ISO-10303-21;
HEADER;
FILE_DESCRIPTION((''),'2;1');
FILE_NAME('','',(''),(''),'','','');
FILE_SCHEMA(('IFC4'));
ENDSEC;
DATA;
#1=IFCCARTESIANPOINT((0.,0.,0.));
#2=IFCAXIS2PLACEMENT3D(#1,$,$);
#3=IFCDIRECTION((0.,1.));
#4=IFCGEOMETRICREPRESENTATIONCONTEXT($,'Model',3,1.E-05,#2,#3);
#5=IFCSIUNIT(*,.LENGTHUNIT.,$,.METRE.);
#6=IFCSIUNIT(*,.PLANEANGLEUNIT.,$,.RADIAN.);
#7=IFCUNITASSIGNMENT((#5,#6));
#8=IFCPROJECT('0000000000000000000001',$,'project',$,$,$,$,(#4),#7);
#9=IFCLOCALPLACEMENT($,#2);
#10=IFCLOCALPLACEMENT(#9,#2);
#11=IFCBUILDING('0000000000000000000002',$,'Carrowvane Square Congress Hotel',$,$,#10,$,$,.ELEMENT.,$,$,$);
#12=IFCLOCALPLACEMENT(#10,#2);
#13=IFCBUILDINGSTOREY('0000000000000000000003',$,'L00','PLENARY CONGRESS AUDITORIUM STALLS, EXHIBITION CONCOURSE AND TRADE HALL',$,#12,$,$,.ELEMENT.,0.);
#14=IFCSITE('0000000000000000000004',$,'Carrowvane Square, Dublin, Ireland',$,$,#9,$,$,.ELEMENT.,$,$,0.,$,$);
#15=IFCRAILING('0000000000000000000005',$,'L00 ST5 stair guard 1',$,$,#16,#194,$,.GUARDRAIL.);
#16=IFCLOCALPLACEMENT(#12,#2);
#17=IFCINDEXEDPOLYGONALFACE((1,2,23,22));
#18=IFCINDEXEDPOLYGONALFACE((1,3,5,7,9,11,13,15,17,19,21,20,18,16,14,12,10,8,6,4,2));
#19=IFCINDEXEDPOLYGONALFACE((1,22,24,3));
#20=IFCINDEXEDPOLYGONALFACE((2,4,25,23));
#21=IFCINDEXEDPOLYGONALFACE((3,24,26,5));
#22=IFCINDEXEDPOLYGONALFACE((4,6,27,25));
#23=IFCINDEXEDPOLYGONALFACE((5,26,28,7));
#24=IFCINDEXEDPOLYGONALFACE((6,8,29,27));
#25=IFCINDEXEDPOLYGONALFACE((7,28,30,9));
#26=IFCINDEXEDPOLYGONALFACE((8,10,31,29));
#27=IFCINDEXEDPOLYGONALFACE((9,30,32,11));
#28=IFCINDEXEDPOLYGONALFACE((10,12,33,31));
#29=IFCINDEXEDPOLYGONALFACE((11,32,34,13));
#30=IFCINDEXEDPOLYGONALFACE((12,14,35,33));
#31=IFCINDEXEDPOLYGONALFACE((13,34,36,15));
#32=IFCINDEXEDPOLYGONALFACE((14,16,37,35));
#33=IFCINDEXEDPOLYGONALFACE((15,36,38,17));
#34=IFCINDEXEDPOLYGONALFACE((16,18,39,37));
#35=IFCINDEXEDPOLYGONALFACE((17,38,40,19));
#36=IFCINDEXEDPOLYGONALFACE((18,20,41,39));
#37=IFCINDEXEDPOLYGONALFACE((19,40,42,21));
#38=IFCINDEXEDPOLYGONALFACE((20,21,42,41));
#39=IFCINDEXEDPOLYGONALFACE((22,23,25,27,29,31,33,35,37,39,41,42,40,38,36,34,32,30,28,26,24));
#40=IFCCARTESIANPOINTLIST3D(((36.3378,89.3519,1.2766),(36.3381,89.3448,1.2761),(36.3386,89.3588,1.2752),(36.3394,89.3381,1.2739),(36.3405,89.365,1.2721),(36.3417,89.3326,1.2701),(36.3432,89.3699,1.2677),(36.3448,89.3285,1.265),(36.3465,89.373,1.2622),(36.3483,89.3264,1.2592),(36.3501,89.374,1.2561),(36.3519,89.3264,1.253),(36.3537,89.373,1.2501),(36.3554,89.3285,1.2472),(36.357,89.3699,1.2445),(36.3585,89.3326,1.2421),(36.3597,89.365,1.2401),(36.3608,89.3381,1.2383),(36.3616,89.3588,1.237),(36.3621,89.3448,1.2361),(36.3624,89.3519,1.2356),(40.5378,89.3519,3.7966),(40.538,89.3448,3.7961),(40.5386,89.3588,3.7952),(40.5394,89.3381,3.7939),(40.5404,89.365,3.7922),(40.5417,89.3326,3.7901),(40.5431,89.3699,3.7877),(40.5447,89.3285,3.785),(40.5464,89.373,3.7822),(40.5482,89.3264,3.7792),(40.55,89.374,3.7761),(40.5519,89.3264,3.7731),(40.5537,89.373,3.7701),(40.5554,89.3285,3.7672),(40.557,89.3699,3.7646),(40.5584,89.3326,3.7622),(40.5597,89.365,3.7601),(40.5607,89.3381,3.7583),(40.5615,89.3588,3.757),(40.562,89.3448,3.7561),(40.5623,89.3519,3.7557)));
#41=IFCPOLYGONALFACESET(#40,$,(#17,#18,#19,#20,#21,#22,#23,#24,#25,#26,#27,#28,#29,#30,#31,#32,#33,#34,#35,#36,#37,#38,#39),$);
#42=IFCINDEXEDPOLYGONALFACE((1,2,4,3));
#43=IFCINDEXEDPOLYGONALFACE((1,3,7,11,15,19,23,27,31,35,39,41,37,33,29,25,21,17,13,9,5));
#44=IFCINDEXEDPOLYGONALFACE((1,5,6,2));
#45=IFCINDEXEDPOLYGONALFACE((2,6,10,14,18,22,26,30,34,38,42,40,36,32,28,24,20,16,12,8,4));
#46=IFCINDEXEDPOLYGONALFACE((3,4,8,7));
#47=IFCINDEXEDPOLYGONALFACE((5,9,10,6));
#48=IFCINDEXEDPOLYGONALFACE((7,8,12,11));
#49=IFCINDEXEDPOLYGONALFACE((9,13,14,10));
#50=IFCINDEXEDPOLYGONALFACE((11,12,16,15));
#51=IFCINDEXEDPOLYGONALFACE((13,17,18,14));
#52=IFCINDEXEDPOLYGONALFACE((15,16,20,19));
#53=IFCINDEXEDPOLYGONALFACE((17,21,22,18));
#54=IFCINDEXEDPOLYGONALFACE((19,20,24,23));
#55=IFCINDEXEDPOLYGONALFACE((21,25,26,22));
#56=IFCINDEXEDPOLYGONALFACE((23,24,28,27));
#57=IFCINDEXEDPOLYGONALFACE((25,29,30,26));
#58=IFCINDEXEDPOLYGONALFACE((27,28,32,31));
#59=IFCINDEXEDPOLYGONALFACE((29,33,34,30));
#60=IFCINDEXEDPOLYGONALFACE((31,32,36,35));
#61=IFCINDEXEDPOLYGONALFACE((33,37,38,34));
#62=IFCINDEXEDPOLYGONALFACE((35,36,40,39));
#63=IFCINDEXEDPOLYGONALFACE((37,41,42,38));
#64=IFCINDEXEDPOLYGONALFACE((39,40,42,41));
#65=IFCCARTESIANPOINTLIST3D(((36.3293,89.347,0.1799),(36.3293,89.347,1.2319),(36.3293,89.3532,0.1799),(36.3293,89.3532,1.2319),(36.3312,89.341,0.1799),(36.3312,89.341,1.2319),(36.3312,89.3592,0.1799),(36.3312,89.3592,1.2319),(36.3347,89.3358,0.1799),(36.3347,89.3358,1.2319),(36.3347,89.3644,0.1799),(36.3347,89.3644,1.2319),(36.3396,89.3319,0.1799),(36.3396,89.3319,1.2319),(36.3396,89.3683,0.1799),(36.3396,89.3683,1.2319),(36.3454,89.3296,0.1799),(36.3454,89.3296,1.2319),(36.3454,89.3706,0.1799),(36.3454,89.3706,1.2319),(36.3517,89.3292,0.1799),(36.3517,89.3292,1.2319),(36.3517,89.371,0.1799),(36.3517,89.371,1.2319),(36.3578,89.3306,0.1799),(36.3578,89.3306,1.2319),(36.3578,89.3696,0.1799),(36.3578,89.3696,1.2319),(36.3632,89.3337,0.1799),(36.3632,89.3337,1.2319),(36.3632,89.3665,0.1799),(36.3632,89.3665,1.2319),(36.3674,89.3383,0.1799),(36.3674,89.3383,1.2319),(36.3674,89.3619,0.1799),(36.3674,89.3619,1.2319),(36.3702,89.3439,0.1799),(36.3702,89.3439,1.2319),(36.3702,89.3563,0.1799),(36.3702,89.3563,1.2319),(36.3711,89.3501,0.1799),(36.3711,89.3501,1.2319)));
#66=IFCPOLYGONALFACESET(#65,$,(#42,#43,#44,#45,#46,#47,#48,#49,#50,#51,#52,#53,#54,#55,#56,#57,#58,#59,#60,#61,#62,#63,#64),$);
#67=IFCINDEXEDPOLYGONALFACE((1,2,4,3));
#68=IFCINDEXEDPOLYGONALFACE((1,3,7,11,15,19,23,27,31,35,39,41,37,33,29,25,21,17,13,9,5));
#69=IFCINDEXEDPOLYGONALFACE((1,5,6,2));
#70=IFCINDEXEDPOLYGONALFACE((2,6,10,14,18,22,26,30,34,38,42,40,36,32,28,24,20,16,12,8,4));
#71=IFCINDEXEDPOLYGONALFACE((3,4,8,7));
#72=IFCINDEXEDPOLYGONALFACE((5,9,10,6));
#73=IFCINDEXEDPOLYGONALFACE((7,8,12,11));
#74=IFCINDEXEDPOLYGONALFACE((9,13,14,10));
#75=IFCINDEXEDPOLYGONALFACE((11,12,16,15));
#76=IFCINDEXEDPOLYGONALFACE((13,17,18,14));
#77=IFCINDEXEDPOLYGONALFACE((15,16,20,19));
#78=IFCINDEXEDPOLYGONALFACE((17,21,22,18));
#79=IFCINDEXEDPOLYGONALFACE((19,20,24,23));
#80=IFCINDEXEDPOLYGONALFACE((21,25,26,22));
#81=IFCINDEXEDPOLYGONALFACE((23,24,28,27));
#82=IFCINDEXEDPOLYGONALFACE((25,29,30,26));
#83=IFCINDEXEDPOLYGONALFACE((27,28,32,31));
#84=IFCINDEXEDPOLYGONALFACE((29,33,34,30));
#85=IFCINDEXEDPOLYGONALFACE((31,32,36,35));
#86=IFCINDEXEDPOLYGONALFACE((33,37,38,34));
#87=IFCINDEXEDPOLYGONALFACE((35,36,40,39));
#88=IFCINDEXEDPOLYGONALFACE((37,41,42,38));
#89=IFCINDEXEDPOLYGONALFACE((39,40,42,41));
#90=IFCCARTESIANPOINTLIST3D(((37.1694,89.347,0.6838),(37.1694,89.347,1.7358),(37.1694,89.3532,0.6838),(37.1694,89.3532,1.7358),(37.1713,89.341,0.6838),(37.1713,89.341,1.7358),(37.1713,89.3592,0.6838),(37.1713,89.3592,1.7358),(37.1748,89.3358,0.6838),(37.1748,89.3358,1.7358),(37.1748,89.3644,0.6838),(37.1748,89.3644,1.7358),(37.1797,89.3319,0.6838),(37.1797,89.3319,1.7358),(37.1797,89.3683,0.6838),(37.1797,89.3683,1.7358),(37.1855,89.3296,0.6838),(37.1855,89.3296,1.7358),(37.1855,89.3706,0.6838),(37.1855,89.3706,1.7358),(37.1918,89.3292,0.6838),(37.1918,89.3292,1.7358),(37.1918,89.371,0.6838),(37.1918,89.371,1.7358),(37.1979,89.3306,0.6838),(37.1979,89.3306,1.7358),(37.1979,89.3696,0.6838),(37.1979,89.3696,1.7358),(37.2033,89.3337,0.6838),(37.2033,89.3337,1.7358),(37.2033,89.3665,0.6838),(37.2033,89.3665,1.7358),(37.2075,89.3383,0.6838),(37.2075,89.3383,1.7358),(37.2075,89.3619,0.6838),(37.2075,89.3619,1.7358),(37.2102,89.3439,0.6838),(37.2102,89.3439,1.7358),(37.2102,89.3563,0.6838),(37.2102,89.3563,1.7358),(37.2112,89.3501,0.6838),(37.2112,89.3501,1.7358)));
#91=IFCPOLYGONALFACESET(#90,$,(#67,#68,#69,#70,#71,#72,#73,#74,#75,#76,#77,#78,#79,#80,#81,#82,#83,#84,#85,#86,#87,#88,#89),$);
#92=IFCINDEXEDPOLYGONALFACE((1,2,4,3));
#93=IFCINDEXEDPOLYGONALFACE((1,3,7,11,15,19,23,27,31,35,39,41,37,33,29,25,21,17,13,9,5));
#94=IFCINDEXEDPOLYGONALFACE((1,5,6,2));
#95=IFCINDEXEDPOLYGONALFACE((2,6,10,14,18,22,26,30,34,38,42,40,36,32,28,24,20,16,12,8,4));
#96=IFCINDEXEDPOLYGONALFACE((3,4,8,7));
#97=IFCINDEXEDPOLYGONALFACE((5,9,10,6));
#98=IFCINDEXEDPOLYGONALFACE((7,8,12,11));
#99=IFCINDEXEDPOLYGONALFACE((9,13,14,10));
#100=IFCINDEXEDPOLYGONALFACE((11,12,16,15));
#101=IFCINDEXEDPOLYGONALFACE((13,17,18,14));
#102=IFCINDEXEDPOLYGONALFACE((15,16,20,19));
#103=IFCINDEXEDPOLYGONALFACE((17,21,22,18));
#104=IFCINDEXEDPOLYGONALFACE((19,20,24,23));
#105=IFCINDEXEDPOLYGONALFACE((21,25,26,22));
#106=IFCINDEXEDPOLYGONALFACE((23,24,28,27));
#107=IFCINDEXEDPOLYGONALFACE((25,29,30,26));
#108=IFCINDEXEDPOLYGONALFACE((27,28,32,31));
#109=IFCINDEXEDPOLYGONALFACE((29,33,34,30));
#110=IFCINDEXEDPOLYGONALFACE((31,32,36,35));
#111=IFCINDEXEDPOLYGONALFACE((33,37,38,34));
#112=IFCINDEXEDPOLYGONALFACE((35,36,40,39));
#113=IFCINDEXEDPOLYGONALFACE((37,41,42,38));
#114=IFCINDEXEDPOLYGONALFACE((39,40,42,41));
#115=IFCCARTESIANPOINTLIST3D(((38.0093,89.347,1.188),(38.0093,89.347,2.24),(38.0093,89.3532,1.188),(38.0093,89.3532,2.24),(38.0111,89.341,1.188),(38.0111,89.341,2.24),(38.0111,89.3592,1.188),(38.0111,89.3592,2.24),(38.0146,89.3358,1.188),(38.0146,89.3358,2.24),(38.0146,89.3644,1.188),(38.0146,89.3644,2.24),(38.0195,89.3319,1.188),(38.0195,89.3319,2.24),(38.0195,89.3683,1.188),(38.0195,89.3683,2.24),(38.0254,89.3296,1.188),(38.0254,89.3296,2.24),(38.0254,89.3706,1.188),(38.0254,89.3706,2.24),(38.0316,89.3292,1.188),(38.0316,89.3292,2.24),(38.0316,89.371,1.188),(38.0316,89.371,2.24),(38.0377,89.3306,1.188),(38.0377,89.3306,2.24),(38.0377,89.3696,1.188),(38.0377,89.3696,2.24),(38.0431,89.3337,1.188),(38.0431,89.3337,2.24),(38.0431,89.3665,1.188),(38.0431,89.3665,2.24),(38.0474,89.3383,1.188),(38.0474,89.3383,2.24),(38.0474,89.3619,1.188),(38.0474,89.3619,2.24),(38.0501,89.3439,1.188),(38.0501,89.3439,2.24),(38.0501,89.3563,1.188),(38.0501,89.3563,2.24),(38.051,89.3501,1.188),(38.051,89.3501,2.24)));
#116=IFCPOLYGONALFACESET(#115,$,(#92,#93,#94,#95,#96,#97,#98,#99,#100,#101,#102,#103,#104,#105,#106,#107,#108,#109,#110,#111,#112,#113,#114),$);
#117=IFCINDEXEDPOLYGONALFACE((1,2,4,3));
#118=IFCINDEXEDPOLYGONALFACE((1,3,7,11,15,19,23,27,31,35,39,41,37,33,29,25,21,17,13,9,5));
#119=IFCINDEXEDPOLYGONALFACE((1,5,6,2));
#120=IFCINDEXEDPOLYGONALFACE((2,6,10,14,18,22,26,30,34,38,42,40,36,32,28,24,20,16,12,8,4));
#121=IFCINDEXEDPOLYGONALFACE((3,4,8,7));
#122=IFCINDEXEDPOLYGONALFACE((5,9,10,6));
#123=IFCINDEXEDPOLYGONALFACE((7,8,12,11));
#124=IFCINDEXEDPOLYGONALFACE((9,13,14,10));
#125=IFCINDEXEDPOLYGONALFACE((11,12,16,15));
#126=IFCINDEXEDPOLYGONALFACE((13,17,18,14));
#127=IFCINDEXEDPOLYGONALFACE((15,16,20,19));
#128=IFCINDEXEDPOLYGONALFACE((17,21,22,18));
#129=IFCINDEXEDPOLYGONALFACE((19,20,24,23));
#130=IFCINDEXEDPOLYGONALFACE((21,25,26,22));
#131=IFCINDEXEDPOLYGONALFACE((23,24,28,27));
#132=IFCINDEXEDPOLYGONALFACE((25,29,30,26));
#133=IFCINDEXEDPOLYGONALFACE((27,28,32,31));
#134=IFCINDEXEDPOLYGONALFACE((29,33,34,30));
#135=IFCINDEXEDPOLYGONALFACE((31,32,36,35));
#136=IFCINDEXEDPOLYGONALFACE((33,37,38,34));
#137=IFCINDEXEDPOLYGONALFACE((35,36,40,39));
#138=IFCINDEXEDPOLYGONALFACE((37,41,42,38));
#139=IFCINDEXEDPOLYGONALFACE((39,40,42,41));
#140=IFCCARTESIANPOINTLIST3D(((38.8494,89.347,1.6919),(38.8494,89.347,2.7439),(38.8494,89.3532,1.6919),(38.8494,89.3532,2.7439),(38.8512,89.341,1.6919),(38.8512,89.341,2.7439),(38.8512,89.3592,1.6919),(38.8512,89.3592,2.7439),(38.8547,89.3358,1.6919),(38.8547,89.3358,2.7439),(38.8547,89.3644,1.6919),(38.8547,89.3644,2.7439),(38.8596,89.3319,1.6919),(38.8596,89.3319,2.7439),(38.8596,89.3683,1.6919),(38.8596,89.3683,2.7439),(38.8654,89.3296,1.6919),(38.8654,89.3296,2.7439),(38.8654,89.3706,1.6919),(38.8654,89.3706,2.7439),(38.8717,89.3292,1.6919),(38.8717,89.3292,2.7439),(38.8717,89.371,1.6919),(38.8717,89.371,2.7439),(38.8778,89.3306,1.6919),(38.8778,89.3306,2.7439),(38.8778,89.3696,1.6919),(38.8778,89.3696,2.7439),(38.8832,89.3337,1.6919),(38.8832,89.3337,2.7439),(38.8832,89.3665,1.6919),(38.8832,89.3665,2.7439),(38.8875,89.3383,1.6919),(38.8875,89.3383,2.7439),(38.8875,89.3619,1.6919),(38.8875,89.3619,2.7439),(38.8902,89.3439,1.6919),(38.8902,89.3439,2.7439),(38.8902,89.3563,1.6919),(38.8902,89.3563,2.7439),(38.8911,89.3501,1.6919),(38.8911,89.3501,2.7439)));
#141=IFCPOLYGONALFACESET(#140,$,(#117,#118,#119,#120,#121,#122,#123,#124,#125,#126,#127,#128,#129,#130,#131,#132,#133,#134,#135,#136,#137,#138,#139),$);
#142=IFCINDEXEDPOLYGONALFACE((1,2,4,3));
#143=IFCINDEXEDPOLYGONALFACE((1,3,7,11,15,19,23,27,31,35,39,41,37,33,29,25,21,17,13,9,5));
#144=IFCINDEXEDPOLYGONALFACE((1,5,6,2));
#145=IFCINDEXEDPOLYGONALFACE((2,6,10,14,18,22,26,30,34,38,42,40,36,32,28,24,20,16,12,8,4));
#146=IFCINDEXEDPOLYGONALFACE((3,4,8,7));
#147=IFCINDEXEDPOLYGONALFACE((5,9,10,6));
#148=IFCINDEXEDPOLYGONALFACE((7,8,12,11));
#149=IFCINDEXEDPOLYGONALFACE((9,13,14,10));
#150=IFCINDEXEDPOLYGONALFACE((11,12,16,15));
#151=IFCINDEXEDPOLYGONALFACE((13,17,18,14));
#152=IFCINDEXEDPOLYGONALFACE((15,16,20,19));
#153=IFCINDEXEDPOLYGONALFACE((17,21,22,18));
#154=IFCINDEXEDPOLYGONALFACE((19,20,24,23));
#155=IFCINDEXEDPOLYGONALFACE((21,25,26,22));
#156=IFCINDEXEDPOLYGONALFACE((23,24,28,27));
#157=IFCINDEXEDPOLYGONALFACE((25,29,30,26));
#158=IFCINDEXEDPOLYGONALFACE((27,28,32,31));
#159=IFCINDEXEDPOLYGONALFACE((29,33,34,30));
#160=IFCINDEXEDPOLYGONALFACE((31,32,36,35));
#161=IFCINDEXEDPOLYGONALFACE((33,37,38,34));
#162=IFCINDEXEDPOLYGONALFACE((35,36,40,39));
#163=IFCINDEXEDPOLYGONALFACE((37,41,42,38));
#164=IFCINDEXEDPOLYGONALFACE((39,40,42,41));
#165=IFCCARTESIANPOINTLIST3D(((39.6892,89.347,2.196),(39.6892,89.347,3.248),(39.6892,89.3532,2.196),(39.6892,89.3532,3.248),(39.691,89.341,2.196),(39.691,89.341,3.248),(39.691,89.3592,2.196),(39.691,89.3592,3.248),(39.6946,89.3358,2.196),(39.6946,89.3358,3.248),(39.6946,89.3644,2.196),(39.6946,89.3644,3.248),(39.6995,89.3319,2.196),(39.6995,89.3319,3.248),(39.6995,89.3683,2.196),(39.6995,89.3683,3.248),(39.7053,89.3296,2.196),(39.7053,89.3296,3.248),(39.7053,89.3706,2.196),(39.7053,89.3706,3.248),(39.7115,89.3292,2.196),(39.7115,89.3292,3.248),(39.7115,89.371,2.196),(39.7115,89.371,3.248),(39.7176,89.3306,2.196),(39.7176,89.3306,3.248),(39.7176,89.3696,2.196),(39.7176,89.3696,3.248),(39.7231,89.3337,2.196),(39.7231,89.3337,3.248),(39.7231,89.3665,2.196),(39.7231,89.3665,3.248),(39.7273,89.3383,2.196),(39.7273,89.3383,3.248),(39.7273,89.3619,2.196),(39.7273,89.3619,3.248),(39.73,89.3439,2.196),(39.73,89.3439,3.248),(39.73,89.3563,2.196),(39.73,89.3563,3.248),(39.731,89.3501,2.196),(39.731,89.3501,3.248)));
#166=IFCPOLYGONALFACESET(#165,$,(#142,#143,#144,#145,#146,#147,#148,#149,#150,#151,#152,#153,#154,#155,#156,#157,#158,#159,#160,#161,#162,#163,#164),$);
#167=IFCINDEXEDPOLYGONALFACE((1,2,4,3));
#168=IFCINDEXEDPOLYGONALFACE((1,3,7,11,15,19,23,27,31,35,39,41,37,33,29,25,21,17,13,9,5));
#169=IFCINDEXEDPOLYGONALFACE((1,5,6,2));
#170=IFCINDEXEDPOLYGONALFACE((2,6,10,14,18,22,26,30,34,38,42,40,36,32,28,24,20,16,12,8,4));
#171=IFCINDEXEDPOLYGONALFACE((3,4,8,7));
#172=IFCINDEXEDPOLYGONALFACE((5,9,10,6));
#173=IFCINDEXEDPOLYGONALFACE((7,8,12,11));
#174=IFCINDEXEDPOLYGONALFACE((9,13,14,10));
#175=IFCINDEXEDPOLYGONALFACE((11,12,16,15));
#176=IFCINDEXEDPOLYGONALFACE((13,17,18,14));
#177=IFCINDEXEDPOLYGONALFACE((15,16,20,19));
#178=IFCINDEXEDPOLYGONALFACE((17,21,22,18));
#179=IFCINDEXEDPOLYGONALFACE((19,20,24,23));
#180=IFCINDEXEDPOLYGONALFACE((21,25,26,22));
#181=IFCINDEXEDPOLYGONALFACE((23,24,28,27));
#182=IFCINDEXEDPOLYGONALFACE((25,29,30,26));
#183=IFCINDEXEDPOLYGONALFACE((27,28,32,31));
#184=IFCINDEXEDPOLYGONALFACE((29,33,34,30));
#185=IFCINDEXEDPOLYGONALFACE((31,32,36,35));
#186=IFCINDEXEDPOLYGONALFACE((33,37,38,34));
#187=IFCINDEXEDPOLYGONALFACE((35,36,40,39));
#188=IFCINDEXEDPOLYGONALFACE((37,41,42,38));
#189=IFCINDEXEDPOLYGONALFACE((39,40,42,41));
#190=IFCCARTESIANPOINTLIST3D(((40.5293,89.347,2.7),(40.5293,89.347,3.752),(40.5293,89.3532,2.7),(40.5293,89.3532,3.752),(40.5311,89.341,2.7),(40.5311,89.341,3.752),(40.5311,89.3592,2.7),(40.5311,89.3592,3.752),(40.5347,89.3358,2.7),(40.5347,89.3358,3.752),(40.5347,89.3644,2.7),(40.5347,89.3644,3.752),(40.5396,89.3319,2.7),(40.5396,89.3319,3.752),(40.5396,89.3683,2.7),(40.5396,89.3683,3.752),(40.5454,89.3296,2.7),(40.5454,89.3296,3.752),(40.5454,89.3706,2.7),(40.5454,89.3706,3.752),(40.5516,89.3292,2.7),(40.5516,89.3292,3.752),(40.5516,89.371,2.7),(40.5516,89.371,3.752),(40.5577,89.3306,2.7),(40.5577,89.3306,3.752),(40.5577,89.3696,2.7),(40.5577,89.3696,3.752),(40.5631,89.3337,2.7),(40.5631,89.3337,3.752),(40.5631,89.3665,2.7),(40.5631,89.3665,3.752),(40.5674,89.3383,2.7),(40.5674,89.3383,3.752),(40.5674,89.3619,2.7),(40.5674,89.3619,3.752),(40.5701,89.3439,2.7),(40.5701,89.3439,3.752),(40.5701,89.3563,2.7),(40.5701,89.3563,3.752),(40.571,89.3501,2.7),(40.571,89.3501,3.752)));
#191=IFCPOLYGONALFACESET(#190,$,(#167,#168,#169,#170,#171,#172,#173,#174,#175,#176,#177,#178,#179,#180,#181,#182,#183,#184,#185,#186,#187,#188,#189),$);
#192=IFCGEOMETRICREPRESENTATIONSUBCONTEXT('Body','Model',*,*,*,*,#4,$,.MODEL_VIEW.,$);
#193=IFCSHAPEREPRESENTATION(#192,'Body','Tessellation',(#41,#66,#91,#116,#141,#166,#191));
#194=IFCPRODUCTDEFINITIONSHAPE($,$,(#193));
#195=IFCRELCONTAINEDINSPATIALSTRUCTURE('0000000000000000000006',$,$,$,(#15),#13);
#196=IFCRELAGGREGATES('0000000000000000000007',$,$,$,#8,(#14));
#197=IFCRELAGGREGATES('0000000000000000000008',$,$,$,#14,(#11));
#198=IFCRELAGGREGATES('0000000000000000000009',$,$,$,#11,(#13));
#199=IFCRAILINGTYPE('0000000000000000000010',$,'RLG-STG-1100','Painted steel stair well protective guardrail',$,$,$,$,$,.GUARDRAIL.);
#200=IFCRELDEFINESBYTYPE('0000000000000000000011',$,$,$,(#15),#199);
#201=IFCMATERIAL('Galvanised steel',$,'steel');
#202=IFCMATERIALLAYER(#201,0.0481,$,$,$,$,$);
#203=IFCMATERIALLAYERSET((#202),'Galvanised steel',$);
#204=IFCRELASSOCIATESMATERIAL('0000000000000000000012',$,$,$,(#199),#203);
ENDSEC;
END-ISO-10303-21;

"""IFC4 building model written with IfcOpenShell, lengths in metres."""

from ifc_helpers import new_model, si_unit, direction, frame, origin, origin_2d, place, context, subcontext, project, spatial, circle, extrude, material, layer, layer_set, type_object, element, save


model = new_model("IFC4")

# Units and contexts
model_context = context("Model", 3, precision=1e-05, world=origin(), true_north=direction((0.0, 1.0)))
body_context = subcontext(model_context, "Body", "Model", "MODEL_VIEW")
ifc_project = project(units=[si_unit("LENGTHUNIT", "METRE"), si_unit("PLANEANGLEUNIT", "RADIAN")], contexts=[model_context])

# Site, building, storey
site_placement = place(None, origin())
site = spatial("IfcSite", under=ifc_project, at=site_placement, Name="Carrowvane Square, Dublin, Ireland", CompositionType="ELEMENT", RefElevation=0.0)
building_placement = place(site_placement, origin())
building = spatial("IfcBuilding", under=site, at=building_placement, Name="Carrowvane Square Congress Hotel", CompositionType="ELEMENT")
storey_placement = place(building_placement, origin())
storey = spatial("IfcBuildingStorey", under=building, at=storey_placement, Name="L00", Description="PLENARY CONGRESS AUDITORIUM STALLS, EXHIBITION CONCOURSE AND TRADE HALL", CompositionType="ELEMENT", Elevation=0.0)

# Railing
ifc_material_1 = material(Name="Galvanised steel", Category="steel")
ifc_layer_1 = layer(ifc_material_1, 0.0481)
ifc_layer_set_1 = layer_set([ifc_layer_1], Name="Galvanised steel")
railing_type_1 = type_object("IfcRailingType", Name="RLG-STG-1100", Description="Painted steel stair well protective guardrail", PredefinedType="GUARDRAIL", material=ifc_layer_set_1)
railing_1_placement = place(storey_placement, frame((36.3501, 89.3501, 0.1799)))
element("IfcRailing", 1, at=railing_1_placement, inside=storey, type_object=railing_type_1, Name="L00 ST5 stair guard 1", PredefinedType="GUARDRAIL", context=body_context, shape_type="SweptSolid", body=[
    extrude(circle(Radius=0.0239, at=origin_2d()), frame((0.0, 0.0, 1.0762), z_axis=(0.857489, 0.0, 0.514503), x_axis=(0.0, 1.0, 0.0)), (0.0, 0.0, 1.0), 4.8979),
    extrude(circle(Radius=0.021, at=origin_2d()), origin(), (0.0, 0.0, 1.0), 1.052),
    extrude(circle(Radius=0.021, at=origin_2d()), frame((0.8401, 0.0, 0.5039)), (0.0, 0.0, 1.0), 1.052),
    extrude(circle(Radius=0.021, at=origin_2d()), frame((1.6799, 0.0, 1.0081)), (0.0, 0.0, 1.0), 1.052),
    extrude(circle(Radius=0.021, at=origin_2d()), frame((2.52, 0.0, 1.512)), (0.0, 0.0, 1.0), 1.052),
    extrude(circle(Radius=0.021, at=origin_2d()), frame((3.3599, 0.0, 2.0161)), (0.0, 0.0, 1.0), 1.052),
    extrude(circle(Radius=0.021, at=origin_2d()), frame((4.2, 0.0, 2.52)), (0.0, 0.0, 1.0), 1.052),
])

save(model, "model.ifc")
